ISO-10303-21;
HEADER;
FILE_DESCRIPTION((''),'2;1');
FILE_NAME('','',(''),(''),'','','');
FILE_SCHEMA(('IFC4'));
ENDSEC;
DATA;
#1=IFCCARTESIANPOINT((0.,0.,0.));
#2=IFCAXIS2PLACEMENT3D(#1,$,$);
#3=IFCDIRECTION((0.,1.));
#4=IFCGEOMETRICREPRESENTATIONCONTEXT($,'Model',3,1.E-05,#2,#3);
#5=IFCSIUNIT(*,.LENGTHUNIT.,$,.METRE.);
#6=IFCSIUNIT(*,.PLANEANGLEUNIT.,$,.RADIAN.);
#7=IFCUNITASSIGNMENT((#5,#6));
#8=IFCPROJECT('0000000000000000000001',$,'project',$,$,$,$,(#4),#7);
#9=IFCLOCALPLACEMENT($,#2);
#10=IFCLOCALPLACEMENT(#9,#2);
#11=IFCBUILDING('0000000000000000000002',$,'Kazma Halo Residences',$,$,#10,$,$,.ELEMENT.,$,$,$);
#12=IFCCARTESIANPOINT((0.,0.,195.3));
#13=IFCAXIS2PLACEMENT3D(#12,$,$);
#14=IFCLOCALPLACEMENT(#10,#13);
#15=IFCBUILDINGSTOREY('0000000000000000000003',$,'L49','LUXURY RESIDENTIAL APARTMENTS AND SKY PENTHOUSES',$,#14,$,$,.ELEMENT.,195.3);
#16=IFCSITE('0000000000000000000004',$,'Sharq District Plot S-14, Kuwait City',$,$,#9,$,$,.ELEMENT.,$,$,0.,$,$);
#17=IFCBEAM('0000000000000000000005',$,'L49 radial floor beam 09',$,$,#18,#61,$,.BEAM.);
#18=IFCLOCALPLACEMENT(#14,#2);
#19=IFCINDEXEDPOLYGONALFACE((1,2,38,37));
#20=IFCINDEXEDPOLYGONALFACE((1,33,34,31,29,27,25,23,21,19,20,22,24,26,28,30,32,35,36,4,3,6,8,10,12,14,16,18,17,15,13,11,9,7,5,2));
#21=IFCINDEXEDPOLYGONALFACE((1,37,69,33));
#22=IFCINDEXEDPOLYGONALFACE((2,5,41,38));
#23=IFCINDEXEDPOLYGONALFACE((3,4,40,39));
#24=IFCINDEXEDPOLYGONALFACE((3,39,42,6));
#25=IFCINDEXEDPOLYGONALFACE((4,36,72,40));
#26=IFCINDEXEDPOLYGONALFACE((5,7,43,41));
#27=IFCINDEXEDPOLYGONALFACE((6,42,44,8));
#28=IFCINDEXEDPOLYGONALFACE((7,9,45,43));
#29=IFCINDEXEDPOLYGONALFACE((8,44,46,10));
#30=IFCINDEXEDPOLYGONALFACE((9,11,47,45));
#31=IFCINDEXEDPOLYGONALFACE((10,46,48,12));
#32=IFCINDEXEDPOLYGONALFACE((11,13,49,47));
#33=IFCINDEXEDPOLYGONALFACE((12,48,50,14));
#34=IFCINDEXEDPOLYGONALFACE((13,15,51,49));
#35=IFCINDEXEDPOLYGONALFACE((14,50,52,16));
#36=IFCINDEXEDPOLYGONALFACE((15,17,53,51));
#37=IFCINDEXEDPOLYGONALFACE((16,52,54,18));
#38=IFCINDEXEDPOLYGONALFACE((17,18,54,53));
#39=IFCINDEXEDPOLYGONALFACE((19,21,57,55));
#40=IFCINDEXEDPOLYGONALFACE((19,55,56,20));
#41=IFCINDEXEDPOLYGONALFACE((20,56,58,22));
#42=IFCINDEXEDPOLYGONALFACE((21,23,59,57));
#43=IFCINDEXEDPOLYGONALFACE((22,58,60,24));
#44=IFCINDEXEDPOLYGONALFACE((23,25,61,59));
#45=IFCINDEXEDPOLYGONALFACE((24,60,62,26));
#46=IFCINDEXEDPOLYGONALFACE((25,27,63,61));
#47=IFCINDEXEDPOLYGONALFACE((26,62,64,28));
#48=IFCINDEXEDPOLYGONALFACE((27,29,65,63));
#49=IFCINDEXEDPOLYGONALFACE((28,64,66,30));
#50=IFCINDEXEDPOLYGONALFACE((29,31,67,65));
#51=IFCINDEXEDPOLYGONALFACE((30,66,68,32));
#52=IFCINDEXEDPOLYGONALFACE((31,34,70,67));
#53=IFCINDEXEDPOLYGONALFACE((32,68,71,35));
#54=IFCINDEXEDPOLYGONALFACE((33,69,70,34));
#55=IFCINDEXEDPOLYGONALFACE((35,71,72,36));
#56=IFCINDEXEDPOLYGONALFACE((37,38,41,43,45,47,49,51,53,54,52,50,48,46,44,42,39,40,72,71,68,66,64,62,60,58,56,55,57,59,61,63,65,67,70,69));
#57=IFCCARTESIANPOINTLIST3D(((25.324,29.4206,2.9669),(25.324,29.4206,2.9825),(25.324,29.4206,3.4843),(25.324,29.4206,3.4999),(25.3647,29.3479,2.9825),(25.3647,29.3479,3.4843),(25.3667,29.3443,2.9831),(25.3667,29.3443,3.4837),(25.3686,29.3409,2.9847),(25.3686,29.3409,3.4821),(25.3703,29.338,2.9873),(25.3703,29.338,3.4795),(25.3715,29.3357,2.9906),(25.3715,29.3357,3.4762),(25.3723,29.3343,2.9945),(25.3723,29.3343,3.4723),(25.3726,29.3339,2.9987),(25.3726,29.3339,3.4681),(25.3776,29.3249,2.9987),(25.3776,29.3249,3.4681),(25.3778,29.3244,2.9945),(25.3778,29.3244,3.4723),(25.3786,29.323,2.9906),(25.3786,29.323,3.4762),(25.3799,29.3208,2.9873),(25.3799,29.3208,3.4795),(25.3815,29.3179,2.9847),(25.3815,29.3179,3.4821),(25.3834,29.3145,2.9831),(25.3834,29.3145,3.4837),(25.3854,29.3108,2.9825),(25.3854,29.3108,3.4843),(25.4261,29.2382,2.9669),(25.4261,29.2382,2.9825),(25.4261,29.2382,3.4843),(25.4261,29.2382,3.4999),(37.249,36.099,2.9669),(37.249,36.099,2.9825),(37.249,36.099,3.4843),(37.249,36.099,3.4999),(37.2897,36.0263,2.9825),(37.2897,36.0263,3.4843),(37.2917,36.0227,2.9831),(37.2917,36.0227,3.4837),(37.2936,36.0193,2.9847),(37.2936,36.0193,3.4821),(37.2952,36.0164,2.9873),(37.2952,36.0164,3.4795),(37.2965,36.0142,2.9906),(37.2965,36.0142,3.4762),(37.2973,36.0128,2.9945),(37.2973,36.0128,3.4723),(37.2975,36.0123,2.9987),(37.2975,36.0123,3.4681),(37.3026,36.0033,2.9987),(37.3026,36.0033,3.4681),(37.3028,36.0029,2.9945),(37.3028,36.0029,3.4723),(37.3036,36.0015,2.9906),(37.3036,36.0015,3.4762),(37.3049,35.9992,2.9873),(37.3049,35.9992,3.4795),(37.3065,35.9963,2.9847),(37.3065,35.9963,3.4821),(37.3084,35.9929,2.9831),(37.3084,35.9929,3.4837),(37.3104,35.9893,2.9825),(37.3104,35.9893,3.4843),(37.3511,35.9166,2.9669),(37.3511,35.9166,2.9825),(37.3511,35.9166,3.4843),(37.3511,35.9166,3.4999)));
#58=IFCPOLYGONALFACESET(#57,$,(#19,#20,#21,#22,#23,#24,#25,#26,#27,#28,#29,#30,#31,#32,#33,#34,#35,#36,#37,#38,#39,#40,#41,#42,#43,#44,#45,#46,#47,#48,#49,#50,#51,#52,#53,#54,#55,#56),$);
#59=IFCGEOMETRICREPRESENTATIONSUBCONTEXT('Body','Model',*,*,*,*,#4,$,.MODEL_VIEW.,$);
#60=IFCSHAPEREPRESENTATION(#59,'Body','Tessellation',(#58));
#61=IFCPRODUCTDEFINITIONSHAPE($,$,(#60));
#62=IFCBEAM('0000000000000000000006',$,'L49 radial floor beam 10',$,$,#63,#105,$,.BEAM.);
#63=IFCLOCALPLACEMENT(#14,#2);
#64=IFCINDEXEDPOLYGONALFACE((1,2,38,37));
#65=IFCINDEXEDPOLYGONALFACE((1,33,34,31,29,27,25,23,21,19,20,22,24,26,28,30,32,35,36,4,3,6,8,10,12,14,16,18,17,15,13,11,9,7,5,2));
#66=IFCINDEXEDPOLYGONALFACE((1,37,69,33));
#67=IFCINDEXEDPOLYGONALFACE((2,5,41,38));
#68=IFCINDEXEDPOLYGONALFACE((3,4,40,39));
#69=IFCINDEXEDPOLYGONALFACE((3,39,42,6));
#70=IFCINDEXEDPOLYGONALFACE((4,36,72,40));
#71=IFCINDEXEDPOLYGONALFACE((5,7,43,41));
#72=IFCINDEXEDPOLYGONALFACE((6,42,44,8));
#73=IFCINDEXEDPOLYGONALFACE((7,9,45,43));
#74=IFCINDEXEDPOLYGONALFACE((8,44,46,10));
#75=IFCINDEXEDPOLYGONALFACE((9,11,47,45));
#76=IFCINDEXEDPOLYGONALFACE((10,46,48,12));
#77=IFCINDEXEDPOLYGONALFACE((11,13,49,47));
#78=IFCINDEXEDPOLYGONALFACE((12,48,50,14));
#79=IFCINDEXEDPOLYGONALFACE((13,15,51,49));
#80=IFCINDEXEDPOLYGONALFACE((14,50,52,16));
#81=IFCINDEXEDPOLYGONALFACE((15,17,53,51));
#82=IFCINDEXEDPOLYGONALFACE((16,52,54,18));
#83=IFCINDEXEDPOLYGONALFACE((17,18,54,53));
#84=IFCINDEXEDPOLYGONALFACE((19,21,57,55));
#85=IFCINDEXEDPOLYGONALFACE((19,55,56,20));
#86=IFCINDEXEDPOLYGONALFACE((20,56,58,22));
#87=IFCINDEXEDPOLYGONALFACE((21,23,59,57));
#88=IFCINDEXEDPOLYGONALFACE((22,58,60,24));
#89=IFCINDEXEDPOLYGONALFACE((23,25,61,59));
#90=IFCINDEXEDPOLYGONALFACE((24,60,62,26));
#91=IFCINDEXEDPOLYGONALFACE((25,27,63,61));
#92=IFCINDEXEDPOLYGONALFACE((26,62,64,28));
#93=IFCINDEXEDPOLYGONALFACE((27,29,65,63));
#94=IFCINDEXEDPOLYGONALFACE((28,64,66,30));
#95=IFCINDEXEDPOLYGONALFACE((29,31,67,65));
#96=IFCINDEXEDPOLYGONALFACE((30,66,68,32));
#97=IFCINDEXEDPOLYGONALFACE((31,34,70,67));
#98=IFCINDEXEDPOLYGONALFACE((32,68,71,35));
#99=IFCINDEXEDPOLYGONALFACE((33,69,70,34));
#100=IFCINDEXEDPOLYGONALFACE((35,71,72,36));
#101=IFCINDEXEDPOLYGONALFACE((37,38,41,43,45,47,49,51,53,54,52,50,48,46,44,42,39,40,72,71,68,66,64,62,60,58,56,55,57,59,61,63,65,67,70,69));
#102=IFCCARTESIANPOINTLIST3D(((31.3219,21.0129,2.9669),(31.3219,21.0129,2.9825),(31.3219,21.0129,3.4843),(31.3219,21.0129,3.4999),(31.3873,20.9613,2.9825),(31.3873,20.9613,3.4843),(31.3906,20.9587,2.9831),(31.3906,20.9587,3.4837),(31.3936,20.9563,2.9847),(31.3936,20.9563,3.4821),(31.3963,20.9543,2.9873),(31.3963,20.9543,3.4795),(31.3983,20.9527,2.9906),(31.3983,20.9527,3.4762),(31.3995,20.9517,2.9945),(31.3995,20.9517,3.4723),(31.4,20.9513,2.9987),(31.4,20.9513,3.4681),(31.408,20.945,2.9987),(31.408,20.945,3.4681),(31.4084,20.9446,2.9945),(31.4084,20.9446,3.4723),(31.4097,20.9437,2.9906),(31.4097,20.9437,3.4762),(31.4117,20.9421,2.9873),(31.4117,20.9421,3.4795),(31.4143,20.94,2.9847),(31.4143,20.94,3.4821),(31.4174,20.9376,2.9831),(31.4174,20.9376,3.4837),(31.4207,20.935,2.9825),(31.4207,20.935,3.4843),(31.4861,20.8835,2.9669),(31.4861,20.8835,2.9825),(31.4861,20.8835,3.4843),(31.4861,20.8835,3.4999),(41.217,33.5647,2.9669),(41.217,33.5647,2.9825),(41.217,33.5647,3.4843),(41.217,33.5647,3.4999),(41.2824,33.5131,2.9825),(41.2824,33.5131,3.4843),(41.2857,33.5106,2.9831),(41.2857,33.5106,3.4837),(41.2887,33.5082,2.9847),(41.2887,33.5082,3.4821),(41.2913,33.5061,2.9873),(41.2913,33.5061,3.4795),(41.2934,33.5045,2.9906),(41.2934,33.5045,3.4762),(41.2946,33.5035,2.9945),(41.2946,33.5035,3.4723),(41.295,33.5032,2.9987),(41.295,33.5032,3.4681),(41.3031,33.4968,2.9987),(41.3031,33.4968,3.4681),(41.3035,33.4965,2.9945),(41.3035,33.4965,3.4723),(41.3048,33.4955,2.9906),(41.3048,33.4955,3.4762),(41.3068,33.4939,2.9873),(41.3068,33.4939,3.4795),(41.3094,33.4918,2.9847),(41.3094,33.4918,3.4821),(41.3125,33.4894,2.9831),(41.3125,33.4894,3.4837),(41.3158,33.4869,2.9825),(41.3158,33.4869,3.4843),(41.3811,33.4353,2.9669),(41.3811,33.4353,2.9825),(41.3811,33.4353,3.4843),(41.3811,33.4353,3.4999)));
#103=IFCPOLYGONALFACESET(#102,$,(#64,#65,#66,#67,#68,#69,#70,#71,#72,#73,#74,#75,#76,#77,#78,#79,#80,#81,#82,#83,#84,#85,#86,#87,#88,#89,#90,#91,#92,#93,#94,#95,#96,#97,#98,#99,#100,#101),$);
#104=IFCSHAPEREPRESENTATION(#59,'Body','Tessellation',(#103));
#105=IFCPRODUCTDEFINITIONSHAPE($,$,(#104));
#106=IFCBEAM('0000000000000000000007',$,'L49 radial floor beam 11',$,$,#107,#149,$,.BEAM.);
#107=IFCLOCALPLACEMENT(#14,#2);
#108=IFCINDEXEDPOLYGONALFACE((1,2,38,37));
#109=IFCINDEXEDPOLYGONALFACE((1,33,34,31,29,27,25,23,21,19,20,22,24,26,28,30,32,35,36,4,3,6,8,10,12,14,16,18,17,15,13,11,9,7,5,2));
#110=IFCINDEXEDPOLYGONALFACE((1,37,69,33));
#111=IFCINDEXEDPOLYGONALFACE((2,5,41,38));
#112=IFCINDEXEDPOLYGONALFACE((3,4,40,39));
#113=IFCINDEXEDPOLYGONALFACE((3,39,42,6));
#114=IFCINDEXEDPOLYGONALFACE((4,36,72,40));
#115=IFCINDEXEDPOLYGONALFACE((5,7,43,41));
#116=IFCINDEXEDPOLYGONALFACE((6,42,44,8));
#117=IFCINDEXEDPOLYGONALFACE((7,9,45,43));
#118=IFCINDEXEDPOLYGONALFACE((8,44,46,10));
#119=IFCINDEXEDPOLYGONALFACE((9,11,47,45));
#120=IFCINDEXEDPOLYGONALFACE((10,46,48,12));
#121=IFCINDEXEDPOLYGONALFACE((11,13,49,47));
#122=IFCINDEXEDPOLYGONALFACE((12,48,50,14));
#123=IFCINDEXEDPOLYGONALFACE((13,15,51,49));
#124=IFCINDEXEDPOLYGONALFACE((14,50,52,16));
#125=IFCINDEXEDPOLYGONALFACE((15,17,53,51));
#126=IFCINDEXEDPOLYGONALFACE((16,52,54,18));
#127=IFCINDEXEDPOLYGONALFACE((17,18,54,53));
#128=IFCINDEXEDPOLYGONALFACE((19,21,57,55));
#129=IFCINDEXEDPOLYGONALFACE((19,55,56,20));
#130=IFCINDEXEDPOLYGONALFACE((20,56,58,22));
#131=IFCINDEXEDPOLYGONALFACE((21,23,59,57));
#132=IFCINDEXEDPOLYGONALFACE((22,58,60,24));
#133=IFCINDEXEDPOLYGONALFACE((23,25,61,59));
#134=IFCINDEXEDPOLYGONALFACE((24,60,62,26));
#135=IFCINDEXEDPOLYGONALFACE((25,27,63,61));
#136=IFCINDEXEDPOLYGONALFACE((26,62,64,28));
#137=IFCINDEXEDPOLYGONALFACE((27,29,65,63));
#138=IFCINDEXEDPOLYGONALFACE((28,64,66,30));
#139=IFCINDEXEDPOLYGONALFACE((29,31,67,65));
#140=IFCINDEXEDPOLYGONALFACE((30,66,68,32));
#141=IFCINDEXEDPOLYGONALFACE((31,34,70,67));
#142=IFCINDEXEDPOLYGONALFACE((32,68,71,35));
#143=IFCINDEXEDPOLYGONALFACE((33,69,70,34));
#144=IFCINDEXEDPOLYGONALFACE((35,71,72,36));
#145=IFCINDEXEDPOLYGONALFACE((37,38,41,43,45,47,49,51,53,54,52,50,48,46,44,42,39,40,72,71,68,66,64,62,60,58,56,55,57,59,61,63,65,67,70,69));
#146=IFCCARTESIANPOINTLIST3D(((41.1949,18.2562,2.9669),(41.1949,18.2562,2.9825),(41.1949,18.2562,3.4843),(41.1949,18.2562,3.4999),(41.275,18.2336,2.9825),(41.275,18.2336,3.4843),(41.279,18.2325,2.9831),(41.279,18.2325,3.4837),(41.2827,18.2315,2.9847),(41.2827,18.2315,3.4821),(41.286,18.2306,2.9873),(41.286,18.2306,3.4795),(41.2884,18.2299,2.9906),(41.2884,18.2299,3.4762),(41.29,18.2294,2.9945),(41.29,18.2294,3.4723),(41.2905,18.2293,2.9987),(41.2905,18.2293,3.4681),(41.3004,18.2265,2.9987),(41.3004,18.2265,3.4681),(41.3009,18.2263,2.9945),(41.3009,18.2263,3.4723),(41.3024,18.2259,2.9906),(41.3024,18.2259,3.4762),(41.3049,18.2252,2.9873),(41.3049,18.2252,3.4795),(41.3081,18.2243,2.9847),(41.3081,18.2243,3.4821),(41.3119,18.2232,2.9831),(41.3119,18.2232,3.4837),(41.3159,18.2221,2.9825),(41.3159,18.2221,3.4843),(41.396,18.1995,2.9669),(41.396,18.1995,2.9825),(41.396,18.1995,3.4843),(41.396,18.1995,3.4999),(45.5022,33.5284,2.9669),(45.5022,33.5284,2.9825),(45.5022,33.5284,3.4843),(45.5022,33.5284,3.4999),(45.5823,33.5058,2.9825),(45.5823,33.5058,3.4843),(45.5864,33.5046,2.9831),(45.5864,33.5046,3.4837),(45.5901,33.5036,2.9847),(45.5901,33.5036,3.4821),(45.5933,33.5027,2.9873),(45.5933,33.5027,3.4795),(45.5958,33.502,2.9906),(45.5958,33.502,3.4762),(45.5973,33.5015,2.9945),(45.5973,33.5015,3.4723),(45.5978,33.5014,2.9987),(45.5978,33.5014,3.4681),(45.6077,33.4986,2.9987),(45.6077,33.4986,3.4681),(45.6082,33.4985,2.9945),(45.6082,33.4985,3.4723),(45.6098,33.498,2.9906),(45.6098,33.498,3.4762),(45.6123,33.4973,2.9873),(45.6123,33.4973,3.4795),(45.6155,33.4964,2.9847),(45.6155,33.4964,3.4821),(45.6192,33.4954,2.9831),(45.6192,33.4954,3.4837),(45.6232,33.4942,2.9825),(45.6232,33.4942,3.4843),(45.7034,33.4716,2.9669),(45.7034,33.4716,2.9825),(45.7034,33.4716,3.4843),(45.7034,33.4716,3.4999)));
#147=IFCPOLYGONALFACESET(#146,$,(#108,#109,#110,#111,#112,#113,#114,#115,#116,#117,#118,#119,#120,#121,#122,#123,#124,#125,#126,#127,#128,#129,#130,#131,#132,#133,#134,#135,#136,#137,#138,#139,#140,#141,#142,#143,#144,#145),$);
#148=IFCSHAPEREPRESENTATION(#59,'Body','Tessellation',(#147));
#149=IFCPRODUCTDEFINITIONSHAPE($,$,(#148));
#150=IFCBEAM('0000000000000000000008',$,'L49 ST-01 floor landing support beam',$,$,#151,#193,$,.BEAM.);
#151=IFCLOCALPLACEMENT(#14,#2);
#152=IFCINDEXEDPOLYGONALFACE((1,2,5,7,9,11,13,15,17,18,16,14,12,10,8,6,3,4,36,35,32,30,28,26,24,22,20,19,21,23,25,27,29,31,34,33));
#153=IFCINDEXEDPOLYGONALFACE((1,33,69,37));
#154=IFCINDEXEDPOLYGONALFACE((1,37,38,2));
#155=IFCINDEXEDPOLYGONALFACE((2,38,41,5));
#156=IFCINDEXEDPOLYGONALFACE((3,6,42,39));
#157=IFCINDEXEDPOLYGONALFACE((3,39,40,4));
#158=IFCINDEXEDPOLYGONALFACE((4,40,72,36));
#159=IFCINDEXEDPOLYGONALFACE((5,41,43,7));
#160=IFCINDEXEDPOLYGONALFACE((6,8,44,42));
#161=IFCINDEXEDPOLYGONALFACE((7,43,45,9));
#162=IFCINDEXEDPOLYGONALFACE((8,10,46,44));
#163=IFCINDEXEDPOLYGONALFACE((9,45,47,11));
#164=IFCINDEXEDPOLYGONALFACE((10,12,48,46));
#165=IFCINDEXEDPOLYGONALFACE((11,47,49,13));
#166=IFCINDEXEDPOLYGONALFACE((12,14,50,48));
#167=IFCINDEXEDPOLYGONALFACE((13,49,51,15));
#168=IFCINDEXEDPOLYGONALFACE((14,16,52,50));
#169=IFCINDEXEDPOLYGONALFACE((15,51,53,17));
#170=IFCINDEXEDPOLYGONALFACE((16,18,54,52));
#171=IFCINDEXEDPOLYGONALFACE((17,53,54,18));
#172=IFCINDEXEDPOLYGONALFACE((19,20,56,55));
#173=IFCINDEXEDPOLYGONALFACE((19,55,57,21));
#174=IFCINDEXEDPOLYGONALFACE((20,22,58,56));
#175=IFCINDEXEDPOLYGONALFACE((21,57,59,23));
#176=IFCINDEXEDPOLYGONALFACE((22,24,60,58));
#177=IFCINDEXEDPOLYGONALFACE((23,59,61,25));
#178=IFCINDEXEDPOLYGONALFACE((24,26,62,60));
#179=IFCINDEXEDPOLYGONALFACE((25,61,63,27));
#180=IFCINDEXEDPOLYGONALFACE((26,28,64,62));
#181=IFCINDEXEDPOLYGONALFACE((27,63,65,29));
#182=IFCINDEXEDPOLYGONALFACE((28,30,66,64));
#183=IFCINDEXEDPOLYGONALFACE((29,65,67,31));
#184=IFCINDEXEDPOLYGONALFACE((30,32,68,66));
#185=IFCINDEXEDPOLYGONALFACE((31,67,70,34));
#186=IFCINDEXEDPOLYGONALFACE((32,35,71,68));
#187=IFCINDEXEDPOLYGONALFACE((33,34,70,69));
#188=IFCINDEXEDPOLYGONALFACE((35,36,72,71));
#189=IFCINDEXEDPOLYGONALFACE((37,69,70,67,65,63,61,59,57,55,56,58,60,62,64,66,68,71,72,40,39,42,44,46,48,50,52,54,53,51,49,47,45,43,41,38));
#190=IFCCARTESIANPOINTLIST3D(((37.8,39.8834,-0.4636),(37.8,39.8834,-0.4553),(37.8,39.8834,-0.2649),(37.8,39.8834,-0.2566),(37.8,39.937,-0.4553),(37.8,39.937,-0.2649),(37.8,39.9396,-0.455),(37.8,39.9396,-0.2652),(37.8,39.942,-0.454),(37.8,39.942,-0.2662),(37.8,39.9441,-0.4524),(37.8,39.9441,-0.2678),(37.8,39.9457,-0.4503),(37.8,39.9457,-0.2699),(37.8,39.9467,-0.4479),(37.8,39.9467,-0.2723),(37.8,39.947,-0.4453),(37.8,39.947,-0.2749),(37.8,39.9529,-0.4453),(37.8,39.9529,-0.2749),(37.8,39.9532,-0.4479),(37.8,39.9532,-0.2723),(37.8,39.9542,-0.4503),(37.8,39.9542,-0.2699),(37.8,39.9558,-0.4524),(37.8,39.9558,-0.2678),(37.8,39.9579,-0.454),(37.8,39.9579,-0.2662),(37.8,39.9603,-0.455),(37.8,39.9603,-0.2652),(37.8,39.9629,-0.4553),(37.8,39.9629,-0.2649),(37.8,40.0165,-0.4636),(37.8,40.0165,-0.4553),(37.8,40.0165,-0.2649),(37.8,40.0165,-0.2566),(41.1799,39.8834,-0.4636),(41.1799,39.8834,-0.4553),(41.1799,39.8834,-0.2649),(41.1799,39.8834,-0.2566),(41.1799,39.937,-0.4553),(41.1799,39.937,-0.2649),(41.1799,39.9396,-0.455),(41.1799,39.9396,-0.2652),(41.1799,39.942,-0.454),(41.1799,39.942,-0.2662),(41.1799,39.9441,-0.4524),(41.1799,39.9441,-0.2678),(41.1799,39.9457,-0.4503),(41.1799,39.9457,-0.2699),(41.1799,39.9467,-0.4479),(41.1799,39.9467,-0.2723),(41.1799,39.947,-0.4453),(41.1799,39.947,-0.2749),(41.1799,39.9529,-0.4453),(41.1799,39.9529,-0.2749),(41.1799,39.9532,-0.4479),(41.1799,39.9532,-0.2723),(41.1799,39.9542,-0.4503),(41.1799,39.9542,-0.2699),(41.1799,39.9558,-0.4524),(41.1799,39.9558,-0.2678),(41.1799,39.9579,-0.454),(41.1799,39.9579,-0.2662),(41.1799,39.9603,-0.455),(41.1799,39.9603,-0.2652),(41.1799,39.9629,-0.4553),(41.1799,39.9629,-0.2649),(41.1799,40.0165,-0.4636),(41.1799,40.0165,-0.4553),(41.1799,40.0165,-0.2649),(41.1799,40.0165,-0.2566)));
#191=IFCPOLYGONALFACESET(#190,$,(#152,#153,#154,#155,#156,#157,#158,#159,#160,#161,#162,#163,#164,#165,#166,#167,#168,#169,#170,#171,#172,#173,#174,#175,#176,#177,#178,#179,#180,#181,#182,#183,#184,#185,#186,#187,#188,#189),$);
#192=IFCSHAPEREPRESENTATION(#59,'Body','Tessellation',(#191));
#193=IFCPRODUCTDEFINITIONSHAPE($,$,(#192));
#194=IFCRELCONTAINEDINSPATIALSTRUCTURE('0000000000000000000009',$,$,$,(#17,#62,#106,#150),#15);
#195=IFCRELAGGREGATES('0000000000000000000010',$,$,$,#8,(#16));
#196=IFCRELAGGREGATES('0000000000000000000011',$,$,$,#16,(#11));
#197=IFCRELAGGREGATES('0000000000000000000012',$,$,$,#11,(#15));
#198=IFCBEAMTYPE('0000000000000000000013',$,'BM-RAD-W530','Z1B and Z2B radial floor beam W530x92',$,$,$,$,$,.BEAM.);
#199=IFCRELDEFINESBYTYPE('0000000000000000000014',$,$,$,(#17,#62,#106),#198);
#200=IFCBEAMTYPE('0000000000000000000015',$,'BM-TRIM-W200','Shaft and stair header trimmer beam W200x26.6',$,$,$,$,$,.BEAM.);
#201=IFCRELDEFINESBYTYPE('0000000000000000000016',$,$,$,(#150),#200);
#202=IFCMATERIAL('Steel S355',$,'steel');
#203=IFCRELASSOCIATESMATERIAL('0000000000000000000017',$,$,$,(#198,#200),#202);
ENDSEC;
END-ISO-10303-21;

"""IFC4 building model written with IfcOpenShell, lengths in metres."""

from ifc_helpers import new_model, si_unit, direction, frame, origin, origin_2d, place, context, subcontext, project, spatial, i_section, extrude, material, material_profile, profile_set, type_object, element, save


model = new_model("IFC4")

# Units and contexts
model_context = context("Model", 3, precision=1e-05, world=origin(), true_north=direction((0.0, 1.0)))
body_context = subcontext(model_context, "Body", "Model", "MODEL_VIEW")
ifc_project = project(units=[si_unit("LENGTHUNIT", "METRE"), si_unit("PLANEANGLEUNIT", "RADIAN")], contexts=[model_context])

# Site, building, storey
site_placement = place(None, origin())
site = spatial("IfcSite", under=ifc_project, at=site_placement, Name="Sharq District Plot S-14, Kuwait City", CompositionType="ELEMENT", RefElevation=0.0)
building_placement = place(site_placement, origin())
building = spatial("IfcBuilding", under=site, at=building_placement, Name="Kazma Halo Residences", CompositionType="ELEMENT")
storey_placement = place(building_placement, frame((0.0, 0.0, 195.3)))
storey = spatial("IfcBuildingStorey", under=building, at=storey_placement, Name="L49", Description="LUXURY RESIDENTIAL APARTMENTS AND SKY PENTHOUSES", CompositionType="ELEMENT", Elevation=195.3)

# Beams
ifc_material_1 = material(Name="Steel S355", Category="steel")
ifc_material_profile_1 = material_profile(ifc_material_1, i_section(OverallWidth=0.209, OverallDepth=0.533, WebThickness=0.0103, FlangeThickness=0.0156, FilletRadius=0.0161, at=origin_2d()), Name="W530x92")
ifc_profile_set_1 = profile_set([ifc_material_profile_1], Name="Steel S355")
beam_type_1 = type_object("IfcBeamType", Name="BM-RAD-W530", Description="Z1B and Z2B radial floor beam W530x92", PredefinedType="BEAM", material=ifc_profile_set_1)
beam_1_placement = place(storey_placement, frame((37.3, 36.0078, 3.2334), z_axis=(-0.872492, -0.488628, 0.0), x_axis=(0.488628, -0.872492, 0.0)))
element("IfcBeam", 1, at=beam_1_placement, inside=storey, type_object=beam_type_1, Name="L49 radial floor beam 09", PredefinedType="BEAM", context=body_context, shape_type="SweptSolid", body=[
    extrude(i_section(OverallWidth=0.209, OverallDepth=0.533, WebThickness=0.0103, FlangeThickness=0.0156, FilletRadius=0.0161, at=origin_2d()), origin(), (0.0, 0.0, 1.0), 13.6677),
])
beam_2_placement = place(storey_placement, frame((41.2991, 33.5, 3.2334), z_axis=(-0.619094, -0.785317, 0.0), x_axis=(0.785317, -0.619094, 0.0)))
element("IfcBeam", 2, at=beam_2_placement, inside=storey, type_object=beam_type_1, Name="L49 radial floor beam 10", PredefinedType="BEAM", context=body_context, shape_type="SweptSolid", body=[
    extrude(i_section(OverallWidth=0.209, OverallDepth=0.533, WebThickness=0.0103, FlangeThickness=0.0156, FilletRadius=0.0161, at=origin_2d()), origin(), (0.0, 0.0, 1.0), 15.9832),
])
beam_3_placement = place(storey_placement, frame((45.6028, 33.5, 3.2334), z_axis=(-0.27145, -0.962453, 0.0), x_axis=(0.962453, -0.27145, 0.0)))
element("IfcBeam", 3, at=beam_3_placement, inside=storey, type_object=beam_type_1, Name="L49 radial floor beam 11", PredefinedType="BEAM", context=body_context, shape_type="SweptSolid", body=[
    extrude(i_section(OverallWidth=0.209, OverallDepth=0.533, WebThickness=0.0103, FlangeThickness=0.0156, FilletRadius=0.0161, at=origin_2d()), origin(), (0.0, 0.0, 1.0), 15.8679),
])
ifc_material_profile_2 = material_profile(ifc_material_1, i_section(OverallWidth=0.1331, OverallDepth=0.207, WebThickness=0.0059, FlangeThickness=0.0083, FilletRadius=0.01, at=origin_2d()), Name="W200x26.6")
ifc_profile_set_2 = profile_set([ifc_material_profile_2], Name="Steel S355")
beam_type_2 = type_object("IfcBeamType", Name="BM-TRIM-W200", Description="Shaft and stair header trimmer beam W200x26.6", PredefinedType="BEAM", material=ifc_profile_set_2)
beam_4_placement = place(storey_placement, frame((37.8, 39.95, -0.3601), z_axis=(1.0, 0.0, 0.0), x_axis=(0.0, 1.0, 0.0)))
element("IfcBeam", 4, at=beam_4_placement, inside=storey, type_object=beam_type_2, Name="L49 ST-01 floor landing support beam", PredefinedType="BEAM", context=body_context, shape_type="SweptSolid", body=[
    extrude(i_section(OverallWidth=0.1331, OverallDepth=0.207, WebThickness=0.0059, FlangeThickness=0.0083, FilletRadius=0.01, at=origin_2d()), origin(), (0.0, 0.0, 1.0), 3.3799),
])

save(model, "model.ifc")
